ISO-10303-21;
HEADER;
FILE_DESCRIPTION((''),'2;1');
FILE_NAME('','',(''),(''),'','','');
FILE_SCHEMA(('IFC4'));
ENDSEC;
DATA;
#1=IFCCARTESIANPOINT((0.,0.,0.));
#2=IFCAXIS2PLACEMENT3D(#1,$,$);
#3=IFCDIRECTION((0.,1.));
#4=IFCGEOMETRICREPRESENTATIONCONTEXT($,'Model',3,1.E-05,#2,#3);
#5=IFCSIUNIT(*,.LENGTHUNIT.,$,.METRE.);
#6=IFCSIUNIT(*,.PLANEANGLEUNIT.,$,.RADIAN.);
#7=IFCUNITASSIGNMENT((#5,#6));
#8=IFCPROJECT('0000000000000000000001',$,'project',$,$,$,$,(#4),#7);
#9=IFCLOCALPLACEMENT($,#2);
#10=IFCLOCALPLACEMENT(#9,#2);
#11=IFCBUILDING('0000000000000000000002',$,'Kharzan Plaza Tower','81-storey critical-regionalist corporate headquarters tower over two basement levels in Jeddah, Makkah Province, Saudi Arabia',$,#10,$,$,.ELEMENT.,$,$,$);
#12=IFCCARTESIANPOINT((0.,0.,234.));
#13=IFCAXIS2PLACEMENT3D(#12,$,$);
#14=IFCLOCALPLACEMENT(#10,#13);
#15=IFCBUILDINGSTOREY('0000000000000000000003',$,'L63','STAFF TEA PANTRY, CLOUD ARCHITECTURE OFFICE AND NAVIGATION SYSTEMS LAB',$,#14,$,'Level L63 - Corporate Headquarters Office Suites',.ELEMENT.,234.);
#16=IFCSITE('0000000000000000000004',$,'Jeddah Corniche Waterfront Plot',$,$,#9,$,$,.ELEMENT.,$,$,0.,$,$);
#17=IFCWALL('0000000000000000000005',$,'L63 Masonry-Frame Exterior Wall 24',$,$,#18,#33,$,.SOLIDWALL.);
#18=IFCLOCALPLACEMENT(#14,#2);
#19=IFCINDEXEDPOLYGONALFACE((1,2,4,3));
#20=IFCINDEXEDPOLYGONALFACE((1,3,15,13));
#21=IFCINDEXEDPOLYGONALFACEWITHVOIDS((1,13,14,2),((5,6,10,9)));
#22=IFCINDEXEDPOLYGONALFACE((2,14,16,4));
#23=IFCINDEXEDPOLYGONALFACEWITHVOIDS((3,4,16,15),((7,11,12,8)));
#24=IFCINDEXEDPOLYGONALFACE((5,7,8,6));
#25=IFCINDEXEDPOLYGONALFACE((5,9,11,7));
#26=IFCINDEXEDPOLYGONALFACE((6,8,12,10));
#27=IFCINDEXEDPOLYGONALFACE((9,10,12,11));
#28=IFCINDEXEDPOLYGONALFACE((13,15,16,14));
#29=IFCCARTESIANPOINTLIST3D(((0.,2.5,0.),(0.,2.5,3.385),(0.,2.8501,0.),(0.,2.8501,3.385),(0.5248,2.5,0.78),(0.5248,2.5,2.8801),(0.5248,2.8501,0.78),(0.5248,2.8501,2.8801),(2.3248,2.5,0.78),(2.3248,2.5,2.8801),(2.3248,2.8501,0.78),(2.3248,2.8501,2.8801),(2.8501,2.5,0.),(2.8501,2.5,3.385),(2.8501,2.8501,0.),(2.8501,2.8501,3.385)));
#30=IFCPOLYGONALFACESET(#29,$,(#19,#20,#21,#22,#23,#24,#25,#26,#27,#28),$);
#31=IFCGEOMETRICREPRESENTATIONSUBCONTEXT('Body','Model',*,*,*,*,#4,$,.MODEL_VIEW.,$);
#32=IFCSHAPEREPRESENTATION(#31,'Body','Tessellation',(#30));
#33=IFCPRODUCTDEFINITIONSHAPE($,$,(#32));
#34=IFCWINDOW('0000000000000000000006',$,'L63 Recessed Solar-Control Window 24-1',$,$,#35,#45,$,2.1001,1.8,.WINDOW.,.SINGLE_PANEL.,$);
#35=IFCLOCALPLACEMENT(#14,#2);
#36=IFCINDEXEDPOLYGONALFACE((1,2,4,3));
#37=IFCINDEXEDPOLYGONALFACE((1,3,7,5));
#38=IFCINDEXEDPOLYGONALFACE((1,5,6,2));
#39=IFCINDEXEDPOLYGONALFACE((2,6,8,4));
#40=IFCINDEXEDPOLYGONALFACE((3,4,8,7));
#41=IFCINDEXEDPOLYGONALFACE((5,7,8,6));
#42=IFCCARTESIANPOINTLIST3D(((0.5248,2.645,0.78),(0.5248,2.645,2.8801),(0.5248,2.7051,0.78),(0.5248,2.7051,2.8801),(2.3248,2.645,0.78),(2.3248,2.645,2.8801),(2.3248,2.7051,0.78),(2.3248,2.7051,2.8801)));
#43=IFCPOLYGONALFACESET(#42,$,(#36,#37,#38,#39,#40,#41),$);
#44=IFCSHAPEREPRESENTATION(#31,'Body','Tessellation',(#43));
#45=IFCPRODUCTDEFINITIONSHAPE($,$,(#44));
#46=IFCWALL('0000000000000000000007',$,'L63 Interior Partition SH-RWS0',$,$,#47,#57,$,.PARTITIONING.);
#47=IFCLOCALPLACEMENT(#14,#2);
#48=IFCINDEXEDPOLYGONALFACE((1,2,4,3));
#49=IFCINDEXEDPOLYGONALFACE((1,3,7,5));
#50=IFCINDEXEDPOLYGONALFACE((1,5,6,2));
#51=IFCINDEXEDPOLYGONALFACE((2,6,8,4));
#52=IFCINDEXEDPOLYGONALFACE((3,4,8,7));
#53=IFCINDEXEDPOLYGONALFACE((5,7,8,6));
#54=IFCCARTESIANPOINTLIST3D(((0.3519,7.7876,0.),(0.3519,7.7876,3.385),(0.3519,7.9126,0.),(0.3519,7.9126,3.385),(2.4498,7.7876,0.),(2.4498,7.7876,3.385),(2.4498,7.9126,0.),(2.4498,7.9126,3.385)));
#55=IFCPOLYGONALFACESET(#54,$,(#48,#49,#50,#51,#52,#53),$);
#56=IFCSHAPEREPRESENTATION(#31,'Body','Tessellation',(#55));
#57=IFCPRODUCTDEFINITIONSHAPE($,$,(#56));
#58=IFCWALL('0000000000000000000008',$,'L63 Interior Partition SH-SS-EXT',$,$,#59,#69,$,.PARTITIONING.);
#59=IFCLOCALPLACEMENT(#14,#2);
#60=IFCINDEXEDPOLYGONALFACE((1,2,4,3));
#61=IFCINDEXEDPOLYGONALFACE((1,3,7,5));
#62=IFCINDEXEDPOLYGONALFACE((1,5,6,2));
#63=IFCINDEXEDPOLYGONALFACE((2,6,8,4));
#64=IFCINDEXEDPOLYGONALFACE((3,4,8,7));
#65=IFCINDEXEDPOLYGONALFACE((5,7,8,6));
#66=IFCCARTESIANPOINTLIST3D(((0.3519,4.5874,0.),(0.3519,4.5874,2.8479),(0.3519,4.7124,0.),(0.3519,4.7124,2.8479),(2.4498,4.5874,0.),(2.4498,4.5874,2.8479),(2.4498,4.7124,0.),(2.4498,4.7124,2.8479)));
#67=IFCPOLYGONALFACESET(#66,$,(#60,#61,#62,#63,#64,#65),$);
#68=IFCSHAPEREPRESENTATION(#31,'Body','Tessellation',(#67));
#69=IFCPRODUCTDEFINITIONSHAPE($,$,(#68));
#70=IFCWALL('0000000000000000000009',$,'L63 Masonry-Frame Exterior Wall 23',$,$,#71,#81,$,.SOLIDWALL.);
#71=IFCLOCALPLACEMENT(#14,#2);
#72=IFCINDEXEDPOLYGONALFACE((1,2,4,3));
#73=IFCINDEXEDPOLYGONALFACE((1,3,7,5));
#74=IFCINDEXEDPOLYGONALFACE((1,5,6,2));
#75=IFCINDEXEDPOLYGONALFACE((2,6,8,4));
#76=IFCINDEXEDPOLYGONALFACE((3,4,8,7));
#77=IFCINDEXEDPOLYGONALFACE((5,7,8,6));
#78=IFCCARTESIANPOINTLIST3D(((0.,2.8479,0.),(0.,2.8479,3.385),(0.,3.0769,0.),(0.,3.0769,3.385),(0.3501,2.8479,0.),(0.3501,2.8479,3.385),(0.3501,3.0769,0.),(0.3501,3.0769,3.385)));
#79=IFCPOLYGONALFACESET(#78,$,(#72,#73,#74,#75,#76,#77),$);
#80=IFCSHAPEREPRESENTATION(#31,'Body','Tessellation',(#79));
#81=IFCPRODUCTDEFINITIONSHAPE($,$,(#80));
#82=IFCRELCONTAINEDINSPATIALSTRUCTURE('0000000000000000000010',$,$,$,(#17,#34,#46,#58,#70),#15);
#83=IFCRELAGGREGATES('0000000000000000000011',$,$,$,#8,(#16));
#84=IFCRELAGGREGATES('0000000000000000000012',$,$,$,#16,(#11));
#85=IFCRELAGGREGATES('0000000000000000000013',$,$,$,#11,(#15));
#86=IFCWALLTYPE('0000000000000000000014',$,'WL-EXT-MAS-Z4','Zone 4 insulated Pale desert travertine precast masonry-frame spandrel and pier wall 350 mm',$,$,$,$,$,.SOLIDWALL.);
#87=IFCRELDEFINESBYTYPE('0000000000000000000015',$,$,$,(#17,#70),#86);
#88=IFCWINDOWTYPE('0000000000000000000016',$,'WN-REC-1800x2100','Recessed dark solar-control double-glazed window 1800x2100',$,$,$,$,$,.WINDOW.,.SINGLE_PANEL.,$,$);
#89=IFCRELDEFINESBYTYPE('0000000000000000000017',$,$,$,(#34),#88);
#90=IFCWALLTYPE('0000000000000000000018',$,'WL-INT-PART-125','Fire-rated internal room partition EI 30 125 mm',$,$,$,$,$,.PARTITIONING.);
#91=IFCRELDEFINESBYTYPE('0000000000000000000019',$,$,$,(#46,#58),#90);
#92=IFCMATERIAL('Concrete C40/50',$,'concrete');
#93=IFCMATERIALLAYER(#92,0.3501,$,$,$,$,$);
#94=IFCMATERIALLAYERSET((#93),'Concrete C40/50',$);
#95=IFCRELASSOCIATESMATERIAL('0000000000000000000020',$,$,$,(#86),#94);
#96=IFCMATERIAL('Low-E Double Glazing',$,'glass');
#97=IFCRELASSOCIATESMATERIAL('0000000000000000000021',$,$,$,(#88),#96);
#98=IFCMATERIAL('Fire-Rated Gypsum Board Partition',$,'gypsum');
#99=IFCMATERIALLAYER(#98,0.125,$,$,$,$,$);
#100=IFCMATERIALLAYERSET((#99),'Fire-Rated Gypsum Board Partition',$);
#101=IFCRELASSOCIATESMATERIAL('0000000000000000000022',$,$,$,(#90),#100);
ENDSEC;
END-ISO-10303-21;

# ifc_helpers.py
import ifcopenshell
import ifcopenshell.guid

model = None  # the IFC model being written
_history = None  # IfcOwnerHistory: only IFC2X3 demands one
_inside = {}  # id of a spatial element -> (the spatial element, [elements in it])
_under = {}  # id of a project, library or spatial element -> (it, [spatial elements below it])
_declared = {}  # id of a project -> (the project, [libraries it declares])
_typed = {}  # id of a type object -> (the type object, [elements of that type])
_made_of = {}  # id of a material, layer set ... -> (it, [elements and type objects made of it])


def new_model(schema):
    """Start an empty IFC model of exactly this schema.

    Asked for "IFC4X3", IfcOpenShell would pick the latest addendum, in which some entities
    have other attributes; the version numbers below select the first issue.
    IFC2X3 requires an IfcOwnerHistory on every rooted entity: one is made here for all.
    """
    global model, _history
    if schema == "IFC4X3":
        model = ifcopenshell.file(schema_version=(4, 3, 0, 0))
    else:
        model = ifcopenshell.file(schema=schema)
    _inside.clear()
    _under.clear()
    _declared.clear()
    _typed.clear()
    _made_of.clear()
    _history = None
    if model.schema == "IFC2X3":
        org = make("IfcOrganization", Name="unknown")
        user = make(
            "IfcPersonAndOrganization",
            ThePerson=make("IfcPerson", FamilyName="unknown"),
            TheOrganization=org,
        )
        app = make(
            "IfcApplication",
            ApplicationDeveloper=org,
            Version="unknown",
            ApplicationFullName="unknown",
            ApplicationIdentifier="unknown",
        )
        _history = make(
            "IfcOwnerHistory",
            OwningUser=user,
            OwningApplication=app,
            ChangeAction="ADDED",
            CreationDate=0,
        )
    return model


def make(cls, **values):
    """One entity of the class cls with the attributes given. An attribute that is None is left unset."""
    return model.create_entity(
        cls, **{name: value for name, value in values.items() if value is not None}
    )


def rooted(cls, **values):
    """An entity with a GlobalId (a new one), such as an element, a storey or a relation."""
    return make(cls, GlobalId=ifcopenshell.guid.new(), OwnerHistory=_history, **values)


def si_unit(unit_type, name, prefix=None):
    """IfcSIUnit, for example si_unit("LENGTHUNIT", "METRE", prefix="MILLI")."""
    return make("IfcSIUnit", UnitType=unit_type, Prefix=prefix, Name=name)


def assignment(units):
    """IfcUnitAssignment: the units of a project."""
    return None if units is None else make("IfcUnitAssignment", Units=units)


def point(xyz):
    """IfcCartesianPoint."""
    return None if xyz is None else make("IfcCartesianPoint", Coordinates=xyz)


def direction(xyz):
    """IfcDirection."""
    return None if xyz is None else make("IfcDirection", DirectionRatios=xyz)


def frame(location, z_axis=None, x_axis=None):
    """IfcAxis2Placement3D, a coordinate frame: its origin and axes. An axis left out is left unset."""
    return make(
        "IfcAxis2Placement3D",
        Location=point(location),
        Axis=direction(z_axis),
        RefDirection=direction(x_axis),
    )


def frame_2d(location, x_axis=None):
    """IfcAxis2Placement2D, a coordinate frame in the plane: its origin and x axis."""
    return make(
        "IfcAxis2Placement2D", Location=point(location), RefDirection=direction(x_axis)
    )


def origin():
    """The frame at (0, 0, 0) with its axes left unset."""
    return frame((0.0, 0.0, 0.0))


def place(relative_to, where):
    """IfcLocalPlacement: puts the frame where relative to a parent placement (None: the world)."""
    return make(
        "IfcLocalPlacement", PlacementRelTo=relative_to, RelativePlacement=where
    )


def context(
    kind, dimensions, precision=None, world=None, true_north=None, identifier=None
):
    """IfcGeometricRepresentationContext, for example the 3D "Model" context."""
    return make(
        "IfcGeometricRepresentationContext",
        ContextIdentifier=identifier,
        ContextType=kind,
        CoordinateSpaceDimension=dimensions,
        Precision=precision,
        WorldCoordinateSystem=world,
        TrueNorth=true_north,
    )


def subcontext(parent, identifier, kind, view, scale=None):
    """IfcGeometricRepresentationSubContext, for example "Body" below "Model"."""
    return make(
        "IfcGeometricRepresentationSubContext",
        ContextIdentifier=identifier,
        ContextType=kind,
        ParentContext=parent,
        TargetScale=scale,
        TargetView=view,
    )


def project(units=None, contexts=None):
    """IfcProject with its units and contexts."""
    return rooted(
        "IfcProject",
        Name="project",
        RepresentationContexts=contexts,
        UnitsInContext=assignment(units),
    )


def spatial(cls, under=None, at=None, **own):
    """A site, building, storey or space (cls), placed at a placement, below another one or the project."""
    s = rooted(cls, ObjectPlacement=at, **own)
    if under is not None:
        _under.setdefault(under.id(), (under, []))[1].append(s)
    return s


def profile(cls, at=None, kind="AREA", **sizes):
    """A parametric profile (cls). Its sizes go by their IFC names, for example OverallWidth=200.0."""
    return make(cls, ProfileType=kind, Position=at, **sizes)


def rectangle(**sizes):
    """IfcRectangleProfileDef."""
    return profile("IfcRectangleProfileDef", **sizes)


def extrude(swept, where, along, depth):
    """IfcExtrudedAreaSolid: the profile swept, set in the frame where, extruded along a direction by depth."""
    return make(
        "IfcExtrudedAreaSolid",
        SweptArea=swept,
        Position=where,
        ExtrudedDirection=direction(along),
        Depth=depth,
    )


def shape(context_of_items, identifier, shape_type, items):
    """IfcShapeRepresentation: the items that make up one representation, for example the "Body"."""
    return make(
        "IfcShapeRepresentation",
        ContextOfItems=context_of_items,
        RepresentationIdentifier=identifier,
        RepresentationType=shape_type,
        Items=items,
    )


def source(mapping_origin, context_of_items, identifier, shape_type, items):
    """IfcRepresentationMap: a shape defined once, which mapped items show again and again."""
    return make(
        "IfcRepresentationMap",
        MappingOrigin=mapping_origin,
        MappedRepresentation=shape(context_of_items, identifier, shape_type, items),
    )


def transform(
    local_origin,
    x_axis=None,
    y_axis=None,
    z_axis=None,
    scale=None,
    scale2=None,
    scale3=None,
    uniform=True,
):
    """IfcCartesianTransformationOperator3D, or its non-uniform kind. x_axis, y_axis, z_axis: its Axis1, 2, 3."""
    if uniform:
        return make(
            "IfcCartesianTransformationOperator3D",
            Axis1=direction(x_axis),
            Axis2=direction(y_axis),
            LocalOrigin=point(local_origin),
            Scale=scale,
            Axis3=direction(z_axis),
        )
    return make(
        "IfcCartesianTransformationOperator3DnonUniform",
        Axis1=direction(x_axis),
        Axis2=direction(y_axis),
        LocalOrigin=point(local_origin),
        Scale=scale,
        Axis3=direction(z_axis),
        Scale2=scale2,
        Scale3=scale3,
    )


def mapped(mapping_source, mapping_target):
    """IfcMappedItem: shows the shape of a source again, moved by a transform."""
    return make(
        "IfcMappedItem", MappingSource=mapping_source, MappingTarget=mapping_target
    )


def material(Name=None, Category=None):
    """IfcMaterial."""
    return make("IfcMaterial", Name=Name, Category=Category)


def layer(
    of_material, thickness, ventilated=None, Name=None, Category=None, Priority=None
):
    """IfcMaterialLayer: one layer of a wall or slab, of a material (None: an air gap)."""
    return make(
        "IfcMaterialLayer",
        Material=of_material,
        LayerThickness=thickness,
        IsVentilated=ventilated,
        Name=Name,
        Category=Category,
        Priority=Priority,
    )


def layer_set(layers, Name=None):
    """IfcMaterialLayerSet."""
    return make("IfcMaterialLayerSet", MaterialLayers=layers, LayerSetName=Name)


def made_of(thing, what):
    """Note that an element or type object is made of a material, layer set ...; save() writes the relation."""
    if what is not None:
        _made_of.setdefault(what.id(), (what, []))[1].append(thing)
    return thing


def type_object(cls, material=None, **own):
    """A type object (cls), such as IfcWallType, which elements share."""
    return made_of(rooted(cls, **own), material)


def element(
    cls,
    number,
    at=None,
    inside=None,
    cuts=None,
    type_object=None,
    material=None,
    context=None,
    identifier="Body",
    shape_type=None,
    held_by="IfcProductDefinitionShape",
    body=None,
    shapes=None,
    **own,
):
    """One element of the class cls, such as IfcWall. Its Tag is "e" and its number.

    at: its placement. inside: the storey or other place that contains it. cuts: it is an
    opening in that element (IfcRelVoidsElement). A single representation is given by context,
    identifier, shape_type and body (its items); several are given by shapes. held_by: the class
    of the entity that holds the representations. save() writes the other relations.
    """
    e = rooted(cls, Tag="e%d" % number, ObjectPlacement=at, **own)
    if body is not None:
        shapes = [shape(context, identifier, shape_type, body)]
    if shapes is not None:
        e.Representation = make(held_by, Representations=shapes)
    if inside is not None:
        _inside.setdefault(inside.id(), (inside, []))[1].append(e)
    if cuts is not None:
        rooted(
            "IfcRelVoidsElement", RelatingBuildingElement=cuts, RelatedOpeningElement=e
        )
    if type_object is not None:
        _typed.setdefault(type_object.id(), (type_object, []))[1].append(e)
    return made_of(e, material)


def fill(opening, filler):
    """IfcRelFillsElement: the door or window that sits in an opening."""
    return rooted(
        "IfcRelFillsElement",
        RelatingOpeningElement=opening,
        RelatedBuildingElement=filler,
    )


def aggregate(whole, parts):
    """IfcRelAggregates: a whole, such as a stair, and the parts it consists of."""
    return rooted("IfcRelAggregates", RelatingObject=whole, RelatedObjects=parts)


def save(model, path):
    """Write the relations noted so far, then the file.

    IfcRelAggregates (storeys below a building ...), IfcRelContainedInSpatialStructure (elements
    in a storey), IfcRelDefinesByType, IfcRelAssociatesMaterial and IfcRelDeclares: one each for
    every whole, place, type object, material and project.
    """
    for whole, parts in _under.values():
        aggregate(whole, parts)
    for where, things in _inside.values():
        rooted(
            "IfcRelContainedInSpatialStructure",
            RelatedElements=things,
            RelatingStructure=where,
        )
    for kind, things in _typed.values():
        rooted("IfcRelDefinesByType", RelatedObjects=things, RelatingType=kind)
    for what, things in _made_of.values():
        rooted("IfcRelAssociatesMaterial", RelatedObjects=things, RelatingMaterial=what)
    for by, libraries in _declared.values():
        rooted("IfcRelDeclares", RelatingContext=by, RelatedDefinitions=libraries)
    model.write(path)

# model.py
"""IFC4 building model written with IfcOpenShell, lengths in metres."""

from ifc_helpers import new_model, si_unit, direction, frame, frame_2d, origin, place, context, subcontext, project, spatial, rectangle, extrude, source, transform, mapped, material, layer, layer_set, type_object, element, fill, save


model = new_model("IFC4")

# Units and contexts
model_context = context("Model", 3, precision=1e-05, world=origin(), true_north=direction((0.0, 1.0)))
body_context = subcontext(model_context, "Body", "Model", "MODEL_VIEW")
ifc_project = project(units=[si_unit("LENGTHUNIT", "METRE"), si_unit("PLANEANGLEUNIT", "RADIAN")], contexts=[model_context])

# Site, building, storey
site_placement = place(None, origin())
site = spatial("IfcSite", under=ifc_project, at=site_placement, Name="Jeddah Corniche Waterfront Plot", CompositionType="ELEMENT", RefElevation=0.0)
building_placement = place(site_placement, origin())
building = spatial("IfcBuilding", under=site, at=building_placement, Name="Kharzan Plaza Tower", Description="81-storey critical-regionalist corporate headquarters tower over two basement levels in Jeddah, Makkah Province, Saudi Arabia", CompositionType="ELEMENT")
storey_placement = place(building_placement, frame((0.0, 0.0, 234.0)))
storey = spatial("IfcBuildingStorey", under=building, at=storey_placement, Name="L63", Description="STAFF TEA PANTRY, CLOUD ARCHITECTURE OFFICE AND NAVIGATION SYSTEMS LAB", LongName="Level L63 - Corporate Headquarters Office Suites", CompositionType="ELEMENT", Elevation=234.0)

# Shared definitions
ifc_material_1 = material(Name="Concrete C40/50", Category="concrete")

# Wall, opening, window
ifc_layer_1 = layer(ifc_material_1, 0.3501)
ifc_layer_set_1 = layer_set([ifc_layer_1], Name="Concrete C40/50")
wall_type_1 = type_object("IfcWallType", Name="WL-EXT-MAS-Z4", Description="Zone 4 insulated Pale desert travertine precast masonry-frame spandrel and pier wall 350 mm", PredefinedType="SOLIDWALL", material=ifc_layer_set_1)
ifc_material_2 = material(Name="Low-E Double Glazing", Category="glass")
wall_1_placement = place(storey_placement, frame((0.0, 2.675, 0.0), z_axis=(0.0, 0.0, 1.0), x_axis=(1.0, 0.0, 0.0)))
wall_1 = element("IfcWall", 1, at=wall_1_placement, inside=storey, type_object=wall_type_1, Name="L63 Masonry-Frame Exterior Wall 24", PredefinedType="SOLIDWALL", context=body_context, shape_type="SweptSolid", body=[
    extrude(rectangle(XDim=2.8501, YDim=0.3501, at=frame_2d((1.425, 0.0))), origin(), (0.0, 0.0, 1.0), 3.385),
])
opening_1_placement = place(wall_1_placement, frame((0.5249, 0.0, 0.78)))
opening_1 = element("IfcOpeningElement", 2, at=opening_1_placement, cuts=wall_1, PredefinedType="OPENING", context=body_context, shape_type="SweptSolid", body=[
    extrude(rectangle(XDim=1.8, YDim=2.1001, at=frame_2d((0.8999, 1.05))), frame((0.0, 0.1851, 0.0), z_axis=(0.0, -1.0, 0.0), x_axis=(1.0, 0.0, 0.0)), (0.0, 0.0, 1.0), 0.3701),
])
window_type_1 = type_object("IfcWindowType", Name="WN-REC-1800x2100", Description="Recessed dark solar-control double-glazed window 1800x2100", PartitioningType="SINGLE_PANEL", PredefinedType="WINDOW", material=ifc_material_2)
shared_shape_1 = source(origin(), body_context, "Body", "SweptSolid", [
    extrude(rectangle(XDim=1.8, YDim=2.1001, at=frame_2d((0.8999, 1.05))), frame((0.0, 0.03, 0.0), z_axis=(0.0, -1.0, 0.0), x_axis=(1.0, 0.0, 0.0)), (0.0, 0.0, 1.0), 0.0601),
])
window_1_placement = place(opening_1_placement, origin())
window_1 = element("IfcWindow", 3, at=window_1_placement, inside=storey, type_object=window_type_1, Name="L63 Recessed Solar-Control Window 24-1", OverallHeight=2.1001, OverallWidth=1.8, PartitioningType="SINGLE_PANEL", PredefinedType="WINDOW", context=body_context, shape_type="MappedRepresentation", body=[
    mapped(shared_shape_1, transform((0.0, 0.0, 0.0), x_axis=(1.0, 0.0, 0.0), y_axis=(0.0, 1.0, 0.0), z_axis=(0.0, 0.0, 1.0))),
])
fill(opening_1, window_1)

# Walls
ifc_material_3 = material(Name="Fire-Rated Gypsum Board Partition", Category="gypsum")
ifc_layer_2 = layer(ifc_material_3, 0.125)
ifc_layer_set_2 = layer_set([ifc_layer_2], Name="Fire-Rated Gypsum Board Partition")
wall_type_2 = type_object("IfcWallType", Name="WL-INT-PART-125", Description="Fire-rated internal room partition EI 30 125 mm", PredefinedType="PARTITIONING", material=ifc_layer_set_2)
shared_shape_2 = source(origin(), body_context, "Body", "SweptSolid", [
    extrude(rectangle(XDim=2.0979, YDim=0.125, at=frame_2d((1.0488, 0.0))), origin(), (0.0, 0.0, 1.0), 3.385),
])
wall_2_placement = place(storey_placement, frame((0.3521, 7.8501, 0.0), z_axis=(0.0, 0.0, 1.0), x_axis=(1.0, 0.0, 0.0)))
element("IfcWall", 4, at=wall_2_placement, inside=storey, type_object=wall_type_2, Name="L63 Interior Partition SH-RWS0", PredefinedType="PARTITIONING", context=body_context, shape_type="MappedRepresentation", body=[
    mapped(shared_shape_2, transform((0.0, 0.0, 0.0), x_axis=(1.0, 0.0, 0.0), y_axis=(0.0, 1.0, 0.0), z_axis=(0.0, 0.0, 1.0))),
])
shared_shape_3 = source(origin(), body_context, "Body", "SweptSolid", [
    extrude(rectangle(XDim=2.0979, YDim=0.125, at=frame_2d((1.0488, 0.0))), origin(), (0.0, 0.0, 1.0), 2.8479),
])
wall_3_placement = place(storey_placement, frame((0.3521, 4.6499, 0.0), z_axis=(0.0, 0.0, 1.0), x_axis=(1.0, 0.0, 0.0)))
element("IfcWall", 5, at=wall_3_placement, inside=storey, type_object=wall_type_2, Name="L63 Interior Partition SH-SS-EXT", PredefinedType="PARTITIONING", context=body_context, shape_type="MappedRepresentation", body=[
    mapped(shared_shape_3, transform((0.0, 0.0, 0.0), x_axis=(1.0, 0.0, 0.0), y_axis=(0.0, 1.0, 0.0), z_axis=(0.0, 0.0, 1.0))),
])
shared_shape_4 = source(origin(), body_context, "Body", "SweptSolid", [
    extrude(rectangle(XDim=0.229, YDim=0.3501, at=frame_2d((0.1145, 0.0))), origin(), (0.0, 0.0, 1.0), 3.385),
])
wall_4_placement = place(storey_placement, frame((0.175, 3.0769, 0.0), z_axis=(0.0, 0.0, 1.0), x_axis=(0.0, -1.0, 0.0)))
element("IfcWall", 6, at=wall_4_placement, inside=storey, type_object=wall_type_1, Name="L63 Masonry-Frame Exterior Wall 23", PredefinedType="SOLIDWALL", context=body_context, shape_type="MappedRepresentation", body=[
    mapped(shared_shape_4, transform((0.0, 0.0, 0.0), x_axis=(1.0, 0.0, 0.0), y_axis=(0.0, 1.0, 0.0), z_axis=(0.0, 0.0, 1.0))),
])

save(model, "model.ifc")
